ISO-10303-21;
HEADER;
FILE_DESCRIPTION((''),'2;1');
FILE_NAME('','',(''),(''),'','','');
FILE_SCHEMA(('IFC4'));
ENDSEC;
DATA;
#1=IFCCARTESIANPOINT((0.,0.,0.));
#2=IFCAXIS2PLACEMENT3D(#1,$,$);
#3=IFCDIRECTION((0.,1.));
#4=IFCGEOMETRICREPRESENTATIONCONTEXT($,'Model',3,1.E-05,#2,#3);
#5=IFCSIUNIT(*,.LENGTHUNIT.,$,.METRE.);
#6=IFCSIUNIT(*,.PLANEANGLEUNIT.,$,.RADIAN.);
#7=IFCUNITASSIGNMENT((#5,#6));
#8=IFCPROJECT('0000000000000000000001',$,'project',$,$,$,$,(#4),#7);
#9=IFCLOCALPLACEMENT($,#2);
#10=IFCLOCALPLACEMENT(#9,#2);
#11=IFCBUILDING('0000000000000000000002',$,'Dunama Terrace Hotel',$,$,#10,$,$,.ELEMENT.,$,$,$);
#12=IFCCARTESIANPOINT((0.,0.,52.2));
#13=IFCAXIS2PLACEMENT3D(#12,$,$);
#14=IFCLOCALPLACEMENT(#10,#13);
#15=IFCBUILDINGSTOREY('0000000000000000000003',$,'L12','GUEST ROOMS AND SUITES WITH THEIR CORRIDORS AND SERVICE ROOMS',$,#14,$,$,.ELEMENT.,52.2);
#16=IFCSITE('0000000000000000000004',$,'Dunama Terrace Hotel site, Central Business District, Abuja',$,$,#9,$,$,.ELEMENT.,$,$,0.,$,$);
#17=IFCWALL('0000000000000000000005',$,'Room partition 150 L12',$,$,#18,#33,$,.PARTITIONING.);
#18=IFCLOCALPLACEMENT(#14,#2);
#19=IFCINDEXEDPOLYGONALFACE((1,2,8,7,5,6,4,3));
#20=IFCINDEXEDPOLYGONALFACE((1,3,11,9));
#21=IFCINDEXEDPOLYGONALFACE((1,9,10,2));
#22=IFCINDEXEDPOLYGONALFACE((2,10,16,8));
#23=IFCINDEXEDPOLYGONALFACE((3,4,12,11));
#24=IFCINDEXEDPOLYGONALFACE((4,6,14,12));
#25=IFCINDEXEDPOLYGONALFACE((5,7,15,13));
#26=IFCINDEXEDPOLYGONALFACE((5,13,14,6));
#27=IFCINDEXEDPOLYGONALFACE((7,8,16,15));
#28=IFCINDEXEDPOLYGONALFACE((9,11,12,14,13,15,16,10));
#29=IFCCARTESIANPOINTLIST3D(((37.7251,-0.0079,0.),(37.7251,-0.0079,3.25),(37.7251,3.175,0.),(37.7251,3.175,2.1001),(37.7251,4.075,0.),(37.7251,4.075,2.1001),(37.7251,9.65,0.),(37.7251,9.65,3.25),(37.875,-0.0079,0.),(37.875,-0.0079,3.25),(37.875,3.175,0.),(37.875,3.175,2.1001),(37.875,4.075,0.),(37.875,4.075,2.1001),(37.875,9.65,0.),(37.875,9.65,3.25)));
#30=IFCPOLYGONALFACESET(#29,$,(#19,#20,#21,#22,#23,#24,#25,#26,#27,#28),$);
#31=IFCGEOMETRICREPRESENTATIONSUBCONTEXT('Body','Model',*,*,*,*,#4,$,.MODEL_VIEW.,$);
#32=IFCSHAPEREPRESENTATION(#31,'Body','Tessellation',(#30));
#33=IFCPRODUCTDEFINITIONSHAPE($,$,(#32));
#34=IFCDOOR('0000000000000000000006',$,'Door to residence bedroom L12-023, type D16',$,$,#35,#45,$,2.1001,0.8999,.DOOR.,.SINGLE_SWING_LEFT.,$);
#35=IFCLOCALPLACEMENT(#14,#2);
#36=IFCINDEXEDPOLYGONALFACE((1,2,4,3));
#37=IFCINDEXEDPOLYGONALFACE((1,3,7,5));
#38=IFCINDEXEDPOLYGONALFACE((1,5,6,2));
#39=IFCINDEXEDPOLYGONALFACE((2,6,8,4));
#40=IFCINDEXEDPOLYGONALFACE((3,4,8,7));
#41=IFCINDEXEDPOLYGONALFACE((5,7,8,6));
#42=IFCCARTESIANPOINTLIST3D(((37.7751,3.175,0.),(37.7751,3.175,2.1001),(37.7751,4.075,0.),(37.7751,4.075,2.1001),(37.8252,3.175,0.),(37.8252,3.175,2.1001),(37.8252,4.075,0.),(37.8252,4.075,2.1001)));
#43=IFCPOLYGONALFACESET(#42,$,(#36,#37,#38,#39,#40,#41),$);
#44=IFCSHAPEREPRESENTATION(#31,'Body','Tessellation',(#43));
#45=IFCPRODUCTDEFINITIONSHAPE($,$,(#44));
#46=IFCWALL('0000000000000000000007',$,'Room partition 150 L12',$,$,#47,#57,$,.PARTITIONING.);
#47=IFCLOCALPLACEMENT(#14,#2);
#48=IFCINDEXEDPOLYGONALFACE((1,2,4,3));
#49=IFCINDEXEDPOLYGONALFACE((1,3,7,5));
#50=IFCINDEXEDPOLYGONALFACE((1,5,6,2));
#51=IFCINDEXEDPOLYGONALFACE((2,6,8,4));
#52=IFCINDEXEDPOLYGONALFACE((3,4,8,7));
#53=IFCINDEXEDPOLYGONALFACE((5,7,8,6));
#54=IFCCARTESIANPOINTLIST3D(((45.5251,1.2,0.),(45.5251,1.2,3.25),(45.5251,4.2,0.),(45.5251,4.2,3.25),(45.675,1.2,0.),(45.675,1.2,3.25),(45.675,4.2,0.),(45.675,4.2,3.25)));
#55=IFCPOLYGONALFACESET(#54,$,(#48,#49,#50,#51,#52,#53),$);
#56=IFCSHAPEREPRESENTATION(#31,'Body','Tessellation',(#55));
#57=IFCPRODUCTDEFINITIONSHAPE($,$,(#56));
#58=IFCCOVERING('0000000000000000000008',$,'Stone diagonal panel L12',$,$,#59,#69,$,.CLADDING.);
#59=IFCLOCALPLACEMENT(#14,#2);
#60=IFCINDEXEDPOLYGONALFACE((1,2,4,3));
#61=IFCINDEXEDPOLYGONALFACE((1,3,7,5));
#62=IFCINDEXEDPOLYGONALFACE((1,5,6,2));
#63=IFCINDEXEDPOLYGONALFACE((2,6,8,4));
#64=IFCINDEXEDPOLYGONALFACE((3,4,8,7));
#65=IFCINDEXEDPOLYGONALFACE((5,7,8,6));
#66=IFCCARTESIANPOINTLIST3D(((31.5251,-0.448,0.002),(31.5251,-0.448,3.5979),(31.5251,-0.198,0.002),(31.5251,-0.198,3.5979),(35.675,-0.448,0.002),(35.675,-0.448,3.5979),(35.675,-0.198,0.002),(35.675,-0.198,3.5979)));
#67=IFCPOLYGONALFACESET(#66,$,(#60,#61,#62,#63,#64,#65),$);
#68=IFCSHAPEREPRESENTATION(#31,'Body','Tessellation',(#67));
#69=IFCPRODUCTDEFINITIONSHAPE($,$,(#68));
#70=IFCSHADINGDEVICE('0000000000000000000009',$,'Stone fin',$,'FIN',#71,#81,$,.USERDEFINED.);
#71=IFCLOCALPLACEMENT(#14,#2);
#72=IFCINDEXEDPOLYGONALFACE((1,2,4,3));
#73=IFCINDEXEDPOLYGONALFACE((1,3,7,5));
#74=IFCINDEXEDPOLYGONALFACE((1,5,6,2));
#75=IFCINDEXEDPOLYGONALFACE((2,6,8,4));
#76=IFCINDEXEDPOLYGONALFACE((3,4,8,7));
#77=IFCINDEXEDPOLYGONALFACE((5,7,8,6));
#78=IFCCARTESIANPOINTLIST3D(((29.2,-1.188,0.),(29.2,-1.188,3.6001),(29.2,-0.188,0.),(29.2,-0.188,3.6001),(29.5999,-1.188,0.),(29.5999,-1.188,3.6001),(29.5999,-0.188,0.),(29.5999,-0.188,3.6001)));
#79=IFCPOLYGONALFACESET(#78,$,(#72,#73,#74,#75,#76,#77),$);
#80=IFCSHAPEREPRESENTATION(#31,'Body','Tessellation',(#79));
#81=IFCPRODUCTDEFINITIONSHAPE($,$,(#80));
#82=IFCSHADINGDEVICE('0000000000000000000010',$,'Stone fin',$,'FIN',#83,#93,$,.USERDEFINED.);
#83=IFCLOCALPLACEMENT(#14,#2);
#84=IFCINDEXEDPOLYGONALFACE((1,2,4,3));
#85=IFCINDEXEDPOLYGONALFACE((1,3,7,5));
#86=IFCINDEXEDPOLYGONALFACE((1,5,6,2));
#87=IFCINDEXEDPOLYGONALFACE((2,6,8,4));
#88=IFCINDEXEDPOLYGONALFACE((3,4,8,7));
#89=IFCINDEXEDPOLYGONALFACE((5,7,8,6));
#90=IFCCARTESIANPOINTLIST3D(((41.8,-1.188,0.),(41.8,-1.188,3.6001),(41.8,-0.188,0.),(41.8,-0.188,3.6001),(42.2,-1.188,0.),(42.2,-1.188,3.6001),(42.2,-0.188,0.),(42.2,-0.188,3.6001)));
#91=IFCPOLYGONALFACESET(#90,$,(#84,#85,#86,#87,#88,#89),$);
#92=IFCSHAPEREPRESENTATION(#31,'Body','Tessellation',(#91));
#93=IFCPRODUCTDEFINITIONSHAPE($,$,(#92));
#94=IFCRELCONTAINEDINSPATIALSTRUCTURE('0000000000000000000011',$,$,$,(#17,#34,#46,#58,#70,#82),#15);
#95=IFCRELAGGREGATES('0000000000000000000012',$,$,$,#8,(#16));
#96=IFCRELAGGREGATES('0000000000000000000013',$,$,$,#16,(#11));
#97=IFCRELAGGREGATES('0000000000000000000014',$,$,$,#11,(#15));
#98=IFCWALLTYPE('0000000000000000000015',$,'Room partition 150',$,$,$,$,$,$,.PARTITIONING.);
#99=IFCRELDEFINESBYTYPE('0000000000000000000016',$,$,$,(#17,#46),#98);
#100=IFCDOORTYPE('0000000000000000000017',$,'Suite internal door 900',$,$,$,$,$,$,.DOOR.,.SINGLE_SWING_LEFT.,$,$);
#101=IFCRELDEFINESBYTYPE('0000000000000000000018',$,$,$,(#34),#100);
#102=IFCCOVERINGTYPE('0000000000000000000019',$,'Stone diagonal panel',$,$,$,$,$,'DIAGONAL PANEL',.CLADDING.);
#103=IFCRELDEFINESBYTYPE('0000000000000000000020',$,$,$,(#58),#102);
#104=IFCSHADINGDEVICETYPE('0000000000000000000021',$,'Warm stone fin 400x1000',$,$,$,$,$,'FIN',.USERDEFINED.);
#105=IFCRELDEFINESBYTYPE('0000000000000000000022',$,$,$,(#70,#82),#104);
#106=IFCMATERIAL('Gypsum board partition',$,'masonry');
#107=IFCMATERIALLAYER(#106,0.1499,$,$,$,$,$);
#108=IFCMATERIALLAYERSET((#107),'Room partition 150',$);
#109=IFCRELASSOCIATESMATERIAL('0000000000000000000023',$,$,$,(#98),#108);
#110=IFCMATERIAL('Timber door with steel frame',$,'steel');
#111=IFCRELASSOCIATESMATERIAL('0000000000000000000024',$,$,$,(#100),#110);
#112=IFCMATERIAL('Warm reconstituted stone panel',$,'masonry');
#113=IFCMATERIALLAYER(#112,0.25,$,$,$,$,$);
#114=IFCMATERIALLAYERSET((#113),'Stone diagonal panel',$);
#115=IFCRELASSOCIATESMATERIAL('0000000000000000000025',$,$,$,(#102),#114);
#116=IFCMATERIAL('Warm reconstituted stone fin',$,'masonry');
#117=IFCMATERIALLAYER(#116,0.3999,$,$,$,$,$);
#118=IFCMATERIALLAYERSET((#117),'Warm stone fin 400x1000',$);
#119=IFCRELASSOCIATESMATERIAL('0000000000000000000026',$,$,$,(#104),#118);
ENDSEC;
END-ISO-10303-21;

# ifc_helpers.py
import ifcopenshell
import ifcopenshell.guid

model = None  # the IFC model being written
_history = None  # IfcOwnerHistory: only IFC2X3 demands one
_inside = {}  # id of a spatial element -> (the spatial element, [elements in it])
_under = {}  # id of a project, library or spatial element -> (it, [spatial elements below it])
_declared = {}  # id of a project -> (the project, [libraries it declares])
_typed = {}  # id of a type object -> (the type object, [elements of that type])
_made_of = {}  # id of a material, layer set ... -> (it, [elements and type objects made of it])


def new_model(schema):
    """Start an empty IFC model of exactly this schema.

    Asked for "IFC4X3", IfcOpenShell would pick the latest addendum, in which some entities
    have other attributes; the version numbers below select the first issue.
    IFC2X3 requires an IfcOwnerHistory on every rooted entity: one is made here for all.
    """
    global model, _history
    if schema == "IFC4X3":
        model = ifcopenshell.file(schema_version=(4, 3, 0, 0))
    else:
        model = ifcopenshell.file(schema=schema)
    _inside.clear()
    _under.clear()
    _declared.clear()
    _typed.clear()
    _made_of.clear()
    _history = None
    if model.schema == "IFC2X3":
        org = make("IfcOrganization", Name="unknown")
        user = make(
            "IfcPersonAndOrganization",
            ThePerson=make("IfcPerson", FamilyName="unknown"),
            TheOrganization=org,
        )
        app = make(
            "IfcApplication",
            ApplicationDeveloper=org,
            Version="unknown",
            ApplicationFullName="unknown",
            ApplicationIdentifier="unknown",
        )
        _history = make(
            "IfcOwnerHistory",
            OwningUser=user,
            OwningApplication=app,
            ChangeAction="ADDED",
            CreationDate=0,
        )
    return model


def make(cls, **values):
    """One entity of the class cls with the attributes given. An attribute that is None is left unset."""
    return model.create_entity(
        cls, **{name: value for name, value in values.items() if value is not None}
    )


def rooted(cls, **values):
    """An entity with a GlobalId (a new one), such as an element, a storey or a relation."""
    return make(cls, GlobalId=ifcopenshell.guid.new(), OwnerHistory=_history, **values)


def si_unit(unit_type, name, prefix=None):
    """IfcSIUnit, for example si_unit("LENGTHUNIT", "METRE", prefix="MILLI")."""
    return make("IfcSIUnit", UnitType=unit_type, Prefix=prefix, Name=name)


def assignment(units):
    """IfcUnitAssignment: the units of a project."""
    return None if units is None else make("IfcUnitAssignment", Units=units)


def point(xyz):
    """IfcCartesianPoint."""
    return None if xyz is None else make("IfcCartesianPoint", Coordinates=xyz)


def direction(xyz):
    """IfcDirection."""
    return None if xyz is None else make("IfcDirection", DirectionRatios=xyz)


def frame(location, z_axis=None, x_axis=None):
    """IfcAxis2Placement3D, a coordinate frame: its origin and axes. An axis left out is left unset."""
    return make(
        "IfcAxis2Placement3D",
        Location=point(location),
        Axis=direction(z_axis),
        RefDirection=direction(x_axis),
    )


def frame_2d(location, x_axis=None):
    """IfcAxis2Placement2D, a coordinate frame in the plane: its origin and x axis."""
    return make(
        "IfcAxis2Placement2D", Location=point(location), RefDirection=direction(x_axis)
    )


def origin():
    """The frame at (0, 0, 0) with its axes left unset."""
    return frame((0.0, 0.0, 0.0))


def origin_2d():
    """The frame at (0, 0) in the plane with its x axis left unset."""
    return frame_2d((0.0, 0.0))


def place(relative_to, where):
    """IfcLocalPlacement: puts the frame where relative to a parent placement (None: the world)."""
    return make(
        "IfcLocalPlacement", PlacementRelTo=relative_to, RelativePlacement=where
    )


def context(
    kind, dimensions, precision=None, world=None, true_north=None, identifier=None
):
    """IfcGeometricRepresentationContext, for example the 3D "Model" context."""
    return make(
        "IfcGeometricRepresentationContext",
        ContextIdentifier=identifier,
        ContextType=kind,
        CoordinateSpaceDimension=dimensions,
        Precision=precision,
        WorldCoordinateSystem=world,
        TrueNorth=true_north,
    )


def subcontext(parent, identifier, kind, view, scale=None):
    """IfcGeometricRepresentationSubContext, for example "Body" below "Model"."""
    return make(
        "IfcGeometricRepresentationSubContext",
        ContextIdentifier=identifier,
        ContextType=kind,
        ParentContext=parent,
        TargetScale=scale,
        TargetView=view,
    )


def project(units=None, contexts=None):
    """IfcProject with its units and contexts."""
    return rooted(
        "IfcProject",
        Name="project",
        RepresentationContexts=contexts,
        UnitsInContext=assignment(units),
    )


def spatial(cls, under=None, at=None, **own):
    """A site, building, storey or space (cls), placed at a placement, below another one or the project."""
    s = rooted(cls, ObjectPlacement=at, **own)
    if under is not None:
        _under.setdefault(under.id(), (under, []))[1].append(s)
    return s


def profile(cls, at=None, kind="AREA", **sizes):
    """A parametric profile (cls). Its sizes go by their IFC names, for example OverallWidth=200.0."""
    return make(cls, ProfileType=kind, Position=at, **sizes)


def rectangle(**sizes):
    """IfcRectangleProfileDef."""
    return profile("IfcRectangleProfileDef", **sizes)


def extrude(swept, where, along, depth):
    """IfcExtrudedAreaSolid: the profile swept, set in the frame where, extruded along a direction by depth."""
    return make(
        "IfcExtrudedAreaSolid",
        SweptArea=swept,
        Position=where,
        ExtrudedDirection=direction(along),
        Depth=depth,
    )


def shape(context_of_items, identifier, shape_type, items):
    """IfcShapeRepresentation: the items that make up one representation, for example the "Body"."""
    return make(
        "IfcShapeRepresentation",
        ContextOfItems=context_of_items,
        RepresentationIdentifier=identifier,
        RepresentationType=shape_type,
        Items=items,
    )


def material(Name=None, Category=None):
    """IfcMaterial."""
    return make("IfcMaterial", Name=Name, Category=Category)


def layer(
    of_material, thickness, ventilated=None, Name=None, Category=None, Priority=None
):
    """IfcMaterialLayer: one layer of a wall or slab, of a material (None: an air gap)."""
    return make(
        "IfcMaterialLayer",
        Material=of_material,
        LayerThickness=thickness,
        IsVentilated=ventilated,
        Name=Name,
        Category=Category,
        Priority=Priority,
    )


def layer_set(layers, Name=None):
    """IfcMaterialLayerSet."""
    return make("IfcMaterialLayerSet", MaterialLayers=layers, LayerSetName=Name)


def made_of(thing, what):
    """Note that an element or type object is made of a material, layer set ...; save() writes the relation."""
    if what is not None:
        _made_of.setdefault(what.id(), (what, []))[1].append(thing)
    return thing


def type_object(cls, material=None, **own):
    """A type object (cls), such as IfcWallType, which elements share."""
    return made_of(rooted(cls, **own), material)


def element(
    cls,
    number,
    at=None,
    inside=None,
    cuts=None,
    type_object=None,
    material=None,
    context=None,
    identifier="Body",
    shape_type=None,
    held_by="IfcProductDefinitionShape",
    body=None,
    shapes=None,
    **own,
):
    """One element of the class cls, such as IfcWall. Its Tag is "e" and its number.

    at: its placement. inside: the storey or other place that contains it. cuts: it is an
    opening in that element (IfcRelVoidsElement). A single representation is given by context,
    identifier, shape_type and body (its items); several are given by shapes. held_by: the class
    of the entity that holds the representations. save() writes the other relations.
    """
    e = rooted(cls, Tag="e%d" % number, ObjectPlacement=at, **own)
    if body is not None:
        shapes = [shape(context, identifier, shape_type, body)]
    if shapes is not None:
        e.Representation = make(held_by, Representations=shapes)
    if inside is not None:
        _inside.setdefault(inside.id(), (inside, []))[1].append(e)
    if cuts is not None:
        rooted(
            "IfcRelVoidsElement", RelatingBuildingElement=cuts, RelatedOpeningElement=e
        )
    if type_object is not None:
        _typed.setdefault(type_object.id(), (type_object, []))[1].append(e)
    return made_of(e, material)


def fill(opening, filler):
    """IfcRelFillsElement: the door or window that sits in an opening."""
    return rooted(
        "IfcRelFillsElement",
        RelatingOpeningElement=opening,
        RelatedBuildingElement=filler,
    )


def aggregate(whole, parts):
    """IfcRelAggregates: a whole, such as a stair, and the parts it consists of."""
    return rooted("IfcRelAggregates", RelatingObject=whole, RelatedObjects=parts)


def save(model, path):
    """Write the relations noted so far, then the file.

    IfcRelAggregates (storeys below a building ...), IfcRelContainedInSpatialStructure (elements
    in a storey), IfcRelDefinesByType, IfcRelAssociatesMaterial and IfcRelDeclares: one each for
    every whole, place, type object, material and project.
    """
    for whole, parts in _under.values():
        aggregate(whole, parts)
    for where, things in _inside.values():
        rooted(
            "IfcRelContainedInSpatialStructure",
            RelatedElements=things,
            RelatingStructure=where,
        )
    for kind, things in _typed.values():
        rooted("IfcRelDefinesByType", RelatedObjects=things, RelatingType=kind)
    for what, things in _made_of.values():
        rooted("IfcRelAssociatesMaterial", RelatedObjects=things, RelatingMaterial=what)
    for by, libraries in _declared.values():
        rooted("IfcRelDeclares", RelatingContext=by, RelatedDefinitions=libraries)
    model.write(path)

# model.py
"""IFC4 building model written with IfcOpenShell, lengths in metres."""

from ifc_helpers import new_model, si_unit, direction, frame, frame_2d, origin, origin_2d, place, context, subcontext, project, spatial, rectangle, extrude, material, layer, layer_set, type_object, element, fill, save


model = new_model("IFC4")

# Units and contexts
model_context = context("Model", 3, precision=1e-05, world=origin(), true_north=direction((0.0, 1.0)))
body_context = subcontext(model_context, "Body", "Model", "MODEL_VIEW")
ifc_project = project(units=[si_unit("LENGTHUNIT", "METRE"), si_unit("PLANEANGLEUNIT", "RADIAN")], contexts=[model_context])

# Site, building, storey
site_placement = place(None, origin())
site = spatial("IfcSite", under=ifc_project, at=site_placement, Name="Dunama Terrace Hotel site, Central Business District, Abuja", CompositionType="ELEMENT", RefElevation=0.0)
building_placement = place(site_placement, origin())
building = spatial("IfcBuilding", under=site, at=building_placement, Name="Dunama Terrace Hotel", CompositionType="ELEMENT")
storey_placement = place(building_placement, frame((0.0, 0.0, 52.2)))
storey = spatial("IfcBuildingStorey", under=building, at=storey_placement, Name="L12", Description="GUEST ROOMS AND SUITES WITH THEIR CORRIDORS AND SERVICE ROOMS", CompositionType="ELEMENT", Elevation=52.2)

# Wall, opening, door
ifc_material_1 = material(Name="Gypsum board partition", Category="masonry")
ifc_layer_1 = layer(ifc_material_1, 0.1499)
ifc_layer_set_1 = layer_set([ifc_layer_1], Name="Room partition 150")
wall_type_1 = type_object("IfcWallType", Name="Room partition 150", PredefinedType="PARTITIONING", material=ifc_layer_set_1)
ifc_material_2 = material(Name="Timber door with steel frame", Category="steel")
door_type_1 = type_object("IfcDoorType", Name="Suite internal door 900", OperationType="SINGLE_SWING_LEFT", PredefinedType="DOOR", material=ifc_material_2)
wall_1_placement = place(storey_placement, frame((37.8, -0.0081, 0.0), z_axis=(0.0, 0.0, 1.0), x_axis=(0.0, 1.0, 0.0)))
wall_1 = element("IfcWall", 1, at=wall_1_placement, inside=storey, type_object=wall_type_1, Name="Room partition 150 L12", PredefinedType="PARTITIONING", context=body_context, shape_type="SweptSolid", body=[
    extrude(rectangle(XDim=9.658, YDim=0.1499, at=frame_2d((4.8291, 0.0))), origin(), (0.0, 0.0, 1.0), 3.25),
])
opening_1_placement = place(wall_1_placement, frame((3.1831, 0.0, 0.0)))
opening_1 = element("IfcOpeningElement", 2, at=opening_1_placement, cuts=wall_1, PredefinedType="OPENING", context=body_context, shape_type="SweptSolid", body=[
    extrude(rectangle(XDim=0.8999, YDim=2.1001, at=frame_2d((0.45, 1.05))), frame((0.0, 0.085, 0.0), z_axis=(0.0, -1.0, 0.0), x_axis=(1.0, 0.0, 0.0)), (0.0, 0.0, 1.0), 0.1699),
])
door_1_placement = place(opening_1_placement, frame((0.8999, 0.0, 0.0), z_axis=(0.0, 0.0, 1.0), x_axis=(-1.0, 0.0, 0.0)))
door_1 = element("IfcDoor", 3, at=door_1_placement, inside=storey, type_object=door_type_1, Name="Door to residence bedroom L12-023, type D16", OperationType="SINGLE_SWING_LEFT", OverallHeight=2.1001, OverallWidth=0.8999, PredefinedType="DOOR", context=body_context, shape_type="SweptSolid", body=[
    extrude(rectangle(XDim=0.8999, YDim=2.1001, at=frame_2d((0.45, 1.05))), frame((0.0, 0.0251, 0.0), z_axis=(0.0, -1.0, 0.0), x_axis=(1.0, 0.0, 0.0)), (0.0, 0.0, 1.0), 0.05),
])
fill(opening_1, door_1)

# Wall
wall_2_placement = place(storey_placement, frame((45.6001, 1.2, 0.0), z_axis=(0.0, 0.0, 1.0), x_axis=(0.0, 1.0, 0.0)))
element("IfcWall", 4, at=wall_2_placement, inside=storey, type_object=wall_type_1, Name="Room partition 150 L12", PredefinedType="PARTITIONING", context=body_context, shape_type="SweptSolid", body=[
    extrude(rectangle(XDim=3.0, YDim=0.1499, at=frame_2d((1.5, 0.0))), origin(), (0.0, 0.0, 1.0), 3.25),
])

# Covering
ifc_material_3 = material(Name="Warm reconstituted stone panel", Category="masonry")
ifc_layer_2 = layer(ifc_material_3, 0.25)
ifc_layer_set_2 = layer_set([ifc_layer_2], Name="Stone diagonal panel")
covering_type = type_object("IfcCoveringType", Name="Stone diagonal panel", ElementType="DIAGONAL PANEL", PredefinedType="CLADDING", material=ifc_layer_set_2)
covering_placement = place(storey_placement, frame((33.6001, -0.323, 0.002), z_axis=(0.0, 0.0, 1.0), x_axis=(1.0, 0.0, 0.0)))
element("IfcCovering", 5, at=covering_placement, inside=storey, type_object=covering_type, Name="Stone diagonal panel L12", PredefinedType="CLADDING", context=body_context, shape_type="SweptSolid", body=[
    extrude(rectangle(XDim=4.1499, YDim=0.25, at=origin_2d()), origin(), (0.0, 0.0, 1.0), 3.5959),
])

# Shading devices
ifc_material_4 = material(Name="Warm reconstituted stone fin", Category="masonry")
ifc_layer_3 = layer(ifc_material_4, 0.3999)
ifc_layer_set_3 = layer_set([ifc_layer_3], Name="Warm stone fin 400x1000")
shading_device_type = type_object("IfcShadingDeviceType", Name="Warm stone fin 400x1000", ElementType="FIN", PredefinedType="USERDEFINED", material=ifc_layer_set_3)
for number, where, z_axis, x_axis, name in (
    (6, (29.3999, -0.688, 0.0), (0.0, 0.0, 1.0), (1.0, 0.0, 0.0), "Stone fin"),
    (7, (42.0, -0.688, 0.0), (0.0, 0.0, 1.0), (1.0, 0.0, 0.0), "Stone fin"),
):
    element("IfcShadingDevice", number, at=place(storey_placement, frame(where, z_axis=z_axis, x_axis=x_axis)), inside=storey, type_object=shading_device_type, Name=name, ObjectType="FIN", PredefinedType="USERDEFINED", context=body_context, shape_type="SweptSolid", body=[
        extrude(rectangle(XDim=0.3999, YDim=1.0, at=origin_2d()), origin(), (0.0, 0.0, 1.0), 3.6001),
    ])

save(model, "model.ifc")
